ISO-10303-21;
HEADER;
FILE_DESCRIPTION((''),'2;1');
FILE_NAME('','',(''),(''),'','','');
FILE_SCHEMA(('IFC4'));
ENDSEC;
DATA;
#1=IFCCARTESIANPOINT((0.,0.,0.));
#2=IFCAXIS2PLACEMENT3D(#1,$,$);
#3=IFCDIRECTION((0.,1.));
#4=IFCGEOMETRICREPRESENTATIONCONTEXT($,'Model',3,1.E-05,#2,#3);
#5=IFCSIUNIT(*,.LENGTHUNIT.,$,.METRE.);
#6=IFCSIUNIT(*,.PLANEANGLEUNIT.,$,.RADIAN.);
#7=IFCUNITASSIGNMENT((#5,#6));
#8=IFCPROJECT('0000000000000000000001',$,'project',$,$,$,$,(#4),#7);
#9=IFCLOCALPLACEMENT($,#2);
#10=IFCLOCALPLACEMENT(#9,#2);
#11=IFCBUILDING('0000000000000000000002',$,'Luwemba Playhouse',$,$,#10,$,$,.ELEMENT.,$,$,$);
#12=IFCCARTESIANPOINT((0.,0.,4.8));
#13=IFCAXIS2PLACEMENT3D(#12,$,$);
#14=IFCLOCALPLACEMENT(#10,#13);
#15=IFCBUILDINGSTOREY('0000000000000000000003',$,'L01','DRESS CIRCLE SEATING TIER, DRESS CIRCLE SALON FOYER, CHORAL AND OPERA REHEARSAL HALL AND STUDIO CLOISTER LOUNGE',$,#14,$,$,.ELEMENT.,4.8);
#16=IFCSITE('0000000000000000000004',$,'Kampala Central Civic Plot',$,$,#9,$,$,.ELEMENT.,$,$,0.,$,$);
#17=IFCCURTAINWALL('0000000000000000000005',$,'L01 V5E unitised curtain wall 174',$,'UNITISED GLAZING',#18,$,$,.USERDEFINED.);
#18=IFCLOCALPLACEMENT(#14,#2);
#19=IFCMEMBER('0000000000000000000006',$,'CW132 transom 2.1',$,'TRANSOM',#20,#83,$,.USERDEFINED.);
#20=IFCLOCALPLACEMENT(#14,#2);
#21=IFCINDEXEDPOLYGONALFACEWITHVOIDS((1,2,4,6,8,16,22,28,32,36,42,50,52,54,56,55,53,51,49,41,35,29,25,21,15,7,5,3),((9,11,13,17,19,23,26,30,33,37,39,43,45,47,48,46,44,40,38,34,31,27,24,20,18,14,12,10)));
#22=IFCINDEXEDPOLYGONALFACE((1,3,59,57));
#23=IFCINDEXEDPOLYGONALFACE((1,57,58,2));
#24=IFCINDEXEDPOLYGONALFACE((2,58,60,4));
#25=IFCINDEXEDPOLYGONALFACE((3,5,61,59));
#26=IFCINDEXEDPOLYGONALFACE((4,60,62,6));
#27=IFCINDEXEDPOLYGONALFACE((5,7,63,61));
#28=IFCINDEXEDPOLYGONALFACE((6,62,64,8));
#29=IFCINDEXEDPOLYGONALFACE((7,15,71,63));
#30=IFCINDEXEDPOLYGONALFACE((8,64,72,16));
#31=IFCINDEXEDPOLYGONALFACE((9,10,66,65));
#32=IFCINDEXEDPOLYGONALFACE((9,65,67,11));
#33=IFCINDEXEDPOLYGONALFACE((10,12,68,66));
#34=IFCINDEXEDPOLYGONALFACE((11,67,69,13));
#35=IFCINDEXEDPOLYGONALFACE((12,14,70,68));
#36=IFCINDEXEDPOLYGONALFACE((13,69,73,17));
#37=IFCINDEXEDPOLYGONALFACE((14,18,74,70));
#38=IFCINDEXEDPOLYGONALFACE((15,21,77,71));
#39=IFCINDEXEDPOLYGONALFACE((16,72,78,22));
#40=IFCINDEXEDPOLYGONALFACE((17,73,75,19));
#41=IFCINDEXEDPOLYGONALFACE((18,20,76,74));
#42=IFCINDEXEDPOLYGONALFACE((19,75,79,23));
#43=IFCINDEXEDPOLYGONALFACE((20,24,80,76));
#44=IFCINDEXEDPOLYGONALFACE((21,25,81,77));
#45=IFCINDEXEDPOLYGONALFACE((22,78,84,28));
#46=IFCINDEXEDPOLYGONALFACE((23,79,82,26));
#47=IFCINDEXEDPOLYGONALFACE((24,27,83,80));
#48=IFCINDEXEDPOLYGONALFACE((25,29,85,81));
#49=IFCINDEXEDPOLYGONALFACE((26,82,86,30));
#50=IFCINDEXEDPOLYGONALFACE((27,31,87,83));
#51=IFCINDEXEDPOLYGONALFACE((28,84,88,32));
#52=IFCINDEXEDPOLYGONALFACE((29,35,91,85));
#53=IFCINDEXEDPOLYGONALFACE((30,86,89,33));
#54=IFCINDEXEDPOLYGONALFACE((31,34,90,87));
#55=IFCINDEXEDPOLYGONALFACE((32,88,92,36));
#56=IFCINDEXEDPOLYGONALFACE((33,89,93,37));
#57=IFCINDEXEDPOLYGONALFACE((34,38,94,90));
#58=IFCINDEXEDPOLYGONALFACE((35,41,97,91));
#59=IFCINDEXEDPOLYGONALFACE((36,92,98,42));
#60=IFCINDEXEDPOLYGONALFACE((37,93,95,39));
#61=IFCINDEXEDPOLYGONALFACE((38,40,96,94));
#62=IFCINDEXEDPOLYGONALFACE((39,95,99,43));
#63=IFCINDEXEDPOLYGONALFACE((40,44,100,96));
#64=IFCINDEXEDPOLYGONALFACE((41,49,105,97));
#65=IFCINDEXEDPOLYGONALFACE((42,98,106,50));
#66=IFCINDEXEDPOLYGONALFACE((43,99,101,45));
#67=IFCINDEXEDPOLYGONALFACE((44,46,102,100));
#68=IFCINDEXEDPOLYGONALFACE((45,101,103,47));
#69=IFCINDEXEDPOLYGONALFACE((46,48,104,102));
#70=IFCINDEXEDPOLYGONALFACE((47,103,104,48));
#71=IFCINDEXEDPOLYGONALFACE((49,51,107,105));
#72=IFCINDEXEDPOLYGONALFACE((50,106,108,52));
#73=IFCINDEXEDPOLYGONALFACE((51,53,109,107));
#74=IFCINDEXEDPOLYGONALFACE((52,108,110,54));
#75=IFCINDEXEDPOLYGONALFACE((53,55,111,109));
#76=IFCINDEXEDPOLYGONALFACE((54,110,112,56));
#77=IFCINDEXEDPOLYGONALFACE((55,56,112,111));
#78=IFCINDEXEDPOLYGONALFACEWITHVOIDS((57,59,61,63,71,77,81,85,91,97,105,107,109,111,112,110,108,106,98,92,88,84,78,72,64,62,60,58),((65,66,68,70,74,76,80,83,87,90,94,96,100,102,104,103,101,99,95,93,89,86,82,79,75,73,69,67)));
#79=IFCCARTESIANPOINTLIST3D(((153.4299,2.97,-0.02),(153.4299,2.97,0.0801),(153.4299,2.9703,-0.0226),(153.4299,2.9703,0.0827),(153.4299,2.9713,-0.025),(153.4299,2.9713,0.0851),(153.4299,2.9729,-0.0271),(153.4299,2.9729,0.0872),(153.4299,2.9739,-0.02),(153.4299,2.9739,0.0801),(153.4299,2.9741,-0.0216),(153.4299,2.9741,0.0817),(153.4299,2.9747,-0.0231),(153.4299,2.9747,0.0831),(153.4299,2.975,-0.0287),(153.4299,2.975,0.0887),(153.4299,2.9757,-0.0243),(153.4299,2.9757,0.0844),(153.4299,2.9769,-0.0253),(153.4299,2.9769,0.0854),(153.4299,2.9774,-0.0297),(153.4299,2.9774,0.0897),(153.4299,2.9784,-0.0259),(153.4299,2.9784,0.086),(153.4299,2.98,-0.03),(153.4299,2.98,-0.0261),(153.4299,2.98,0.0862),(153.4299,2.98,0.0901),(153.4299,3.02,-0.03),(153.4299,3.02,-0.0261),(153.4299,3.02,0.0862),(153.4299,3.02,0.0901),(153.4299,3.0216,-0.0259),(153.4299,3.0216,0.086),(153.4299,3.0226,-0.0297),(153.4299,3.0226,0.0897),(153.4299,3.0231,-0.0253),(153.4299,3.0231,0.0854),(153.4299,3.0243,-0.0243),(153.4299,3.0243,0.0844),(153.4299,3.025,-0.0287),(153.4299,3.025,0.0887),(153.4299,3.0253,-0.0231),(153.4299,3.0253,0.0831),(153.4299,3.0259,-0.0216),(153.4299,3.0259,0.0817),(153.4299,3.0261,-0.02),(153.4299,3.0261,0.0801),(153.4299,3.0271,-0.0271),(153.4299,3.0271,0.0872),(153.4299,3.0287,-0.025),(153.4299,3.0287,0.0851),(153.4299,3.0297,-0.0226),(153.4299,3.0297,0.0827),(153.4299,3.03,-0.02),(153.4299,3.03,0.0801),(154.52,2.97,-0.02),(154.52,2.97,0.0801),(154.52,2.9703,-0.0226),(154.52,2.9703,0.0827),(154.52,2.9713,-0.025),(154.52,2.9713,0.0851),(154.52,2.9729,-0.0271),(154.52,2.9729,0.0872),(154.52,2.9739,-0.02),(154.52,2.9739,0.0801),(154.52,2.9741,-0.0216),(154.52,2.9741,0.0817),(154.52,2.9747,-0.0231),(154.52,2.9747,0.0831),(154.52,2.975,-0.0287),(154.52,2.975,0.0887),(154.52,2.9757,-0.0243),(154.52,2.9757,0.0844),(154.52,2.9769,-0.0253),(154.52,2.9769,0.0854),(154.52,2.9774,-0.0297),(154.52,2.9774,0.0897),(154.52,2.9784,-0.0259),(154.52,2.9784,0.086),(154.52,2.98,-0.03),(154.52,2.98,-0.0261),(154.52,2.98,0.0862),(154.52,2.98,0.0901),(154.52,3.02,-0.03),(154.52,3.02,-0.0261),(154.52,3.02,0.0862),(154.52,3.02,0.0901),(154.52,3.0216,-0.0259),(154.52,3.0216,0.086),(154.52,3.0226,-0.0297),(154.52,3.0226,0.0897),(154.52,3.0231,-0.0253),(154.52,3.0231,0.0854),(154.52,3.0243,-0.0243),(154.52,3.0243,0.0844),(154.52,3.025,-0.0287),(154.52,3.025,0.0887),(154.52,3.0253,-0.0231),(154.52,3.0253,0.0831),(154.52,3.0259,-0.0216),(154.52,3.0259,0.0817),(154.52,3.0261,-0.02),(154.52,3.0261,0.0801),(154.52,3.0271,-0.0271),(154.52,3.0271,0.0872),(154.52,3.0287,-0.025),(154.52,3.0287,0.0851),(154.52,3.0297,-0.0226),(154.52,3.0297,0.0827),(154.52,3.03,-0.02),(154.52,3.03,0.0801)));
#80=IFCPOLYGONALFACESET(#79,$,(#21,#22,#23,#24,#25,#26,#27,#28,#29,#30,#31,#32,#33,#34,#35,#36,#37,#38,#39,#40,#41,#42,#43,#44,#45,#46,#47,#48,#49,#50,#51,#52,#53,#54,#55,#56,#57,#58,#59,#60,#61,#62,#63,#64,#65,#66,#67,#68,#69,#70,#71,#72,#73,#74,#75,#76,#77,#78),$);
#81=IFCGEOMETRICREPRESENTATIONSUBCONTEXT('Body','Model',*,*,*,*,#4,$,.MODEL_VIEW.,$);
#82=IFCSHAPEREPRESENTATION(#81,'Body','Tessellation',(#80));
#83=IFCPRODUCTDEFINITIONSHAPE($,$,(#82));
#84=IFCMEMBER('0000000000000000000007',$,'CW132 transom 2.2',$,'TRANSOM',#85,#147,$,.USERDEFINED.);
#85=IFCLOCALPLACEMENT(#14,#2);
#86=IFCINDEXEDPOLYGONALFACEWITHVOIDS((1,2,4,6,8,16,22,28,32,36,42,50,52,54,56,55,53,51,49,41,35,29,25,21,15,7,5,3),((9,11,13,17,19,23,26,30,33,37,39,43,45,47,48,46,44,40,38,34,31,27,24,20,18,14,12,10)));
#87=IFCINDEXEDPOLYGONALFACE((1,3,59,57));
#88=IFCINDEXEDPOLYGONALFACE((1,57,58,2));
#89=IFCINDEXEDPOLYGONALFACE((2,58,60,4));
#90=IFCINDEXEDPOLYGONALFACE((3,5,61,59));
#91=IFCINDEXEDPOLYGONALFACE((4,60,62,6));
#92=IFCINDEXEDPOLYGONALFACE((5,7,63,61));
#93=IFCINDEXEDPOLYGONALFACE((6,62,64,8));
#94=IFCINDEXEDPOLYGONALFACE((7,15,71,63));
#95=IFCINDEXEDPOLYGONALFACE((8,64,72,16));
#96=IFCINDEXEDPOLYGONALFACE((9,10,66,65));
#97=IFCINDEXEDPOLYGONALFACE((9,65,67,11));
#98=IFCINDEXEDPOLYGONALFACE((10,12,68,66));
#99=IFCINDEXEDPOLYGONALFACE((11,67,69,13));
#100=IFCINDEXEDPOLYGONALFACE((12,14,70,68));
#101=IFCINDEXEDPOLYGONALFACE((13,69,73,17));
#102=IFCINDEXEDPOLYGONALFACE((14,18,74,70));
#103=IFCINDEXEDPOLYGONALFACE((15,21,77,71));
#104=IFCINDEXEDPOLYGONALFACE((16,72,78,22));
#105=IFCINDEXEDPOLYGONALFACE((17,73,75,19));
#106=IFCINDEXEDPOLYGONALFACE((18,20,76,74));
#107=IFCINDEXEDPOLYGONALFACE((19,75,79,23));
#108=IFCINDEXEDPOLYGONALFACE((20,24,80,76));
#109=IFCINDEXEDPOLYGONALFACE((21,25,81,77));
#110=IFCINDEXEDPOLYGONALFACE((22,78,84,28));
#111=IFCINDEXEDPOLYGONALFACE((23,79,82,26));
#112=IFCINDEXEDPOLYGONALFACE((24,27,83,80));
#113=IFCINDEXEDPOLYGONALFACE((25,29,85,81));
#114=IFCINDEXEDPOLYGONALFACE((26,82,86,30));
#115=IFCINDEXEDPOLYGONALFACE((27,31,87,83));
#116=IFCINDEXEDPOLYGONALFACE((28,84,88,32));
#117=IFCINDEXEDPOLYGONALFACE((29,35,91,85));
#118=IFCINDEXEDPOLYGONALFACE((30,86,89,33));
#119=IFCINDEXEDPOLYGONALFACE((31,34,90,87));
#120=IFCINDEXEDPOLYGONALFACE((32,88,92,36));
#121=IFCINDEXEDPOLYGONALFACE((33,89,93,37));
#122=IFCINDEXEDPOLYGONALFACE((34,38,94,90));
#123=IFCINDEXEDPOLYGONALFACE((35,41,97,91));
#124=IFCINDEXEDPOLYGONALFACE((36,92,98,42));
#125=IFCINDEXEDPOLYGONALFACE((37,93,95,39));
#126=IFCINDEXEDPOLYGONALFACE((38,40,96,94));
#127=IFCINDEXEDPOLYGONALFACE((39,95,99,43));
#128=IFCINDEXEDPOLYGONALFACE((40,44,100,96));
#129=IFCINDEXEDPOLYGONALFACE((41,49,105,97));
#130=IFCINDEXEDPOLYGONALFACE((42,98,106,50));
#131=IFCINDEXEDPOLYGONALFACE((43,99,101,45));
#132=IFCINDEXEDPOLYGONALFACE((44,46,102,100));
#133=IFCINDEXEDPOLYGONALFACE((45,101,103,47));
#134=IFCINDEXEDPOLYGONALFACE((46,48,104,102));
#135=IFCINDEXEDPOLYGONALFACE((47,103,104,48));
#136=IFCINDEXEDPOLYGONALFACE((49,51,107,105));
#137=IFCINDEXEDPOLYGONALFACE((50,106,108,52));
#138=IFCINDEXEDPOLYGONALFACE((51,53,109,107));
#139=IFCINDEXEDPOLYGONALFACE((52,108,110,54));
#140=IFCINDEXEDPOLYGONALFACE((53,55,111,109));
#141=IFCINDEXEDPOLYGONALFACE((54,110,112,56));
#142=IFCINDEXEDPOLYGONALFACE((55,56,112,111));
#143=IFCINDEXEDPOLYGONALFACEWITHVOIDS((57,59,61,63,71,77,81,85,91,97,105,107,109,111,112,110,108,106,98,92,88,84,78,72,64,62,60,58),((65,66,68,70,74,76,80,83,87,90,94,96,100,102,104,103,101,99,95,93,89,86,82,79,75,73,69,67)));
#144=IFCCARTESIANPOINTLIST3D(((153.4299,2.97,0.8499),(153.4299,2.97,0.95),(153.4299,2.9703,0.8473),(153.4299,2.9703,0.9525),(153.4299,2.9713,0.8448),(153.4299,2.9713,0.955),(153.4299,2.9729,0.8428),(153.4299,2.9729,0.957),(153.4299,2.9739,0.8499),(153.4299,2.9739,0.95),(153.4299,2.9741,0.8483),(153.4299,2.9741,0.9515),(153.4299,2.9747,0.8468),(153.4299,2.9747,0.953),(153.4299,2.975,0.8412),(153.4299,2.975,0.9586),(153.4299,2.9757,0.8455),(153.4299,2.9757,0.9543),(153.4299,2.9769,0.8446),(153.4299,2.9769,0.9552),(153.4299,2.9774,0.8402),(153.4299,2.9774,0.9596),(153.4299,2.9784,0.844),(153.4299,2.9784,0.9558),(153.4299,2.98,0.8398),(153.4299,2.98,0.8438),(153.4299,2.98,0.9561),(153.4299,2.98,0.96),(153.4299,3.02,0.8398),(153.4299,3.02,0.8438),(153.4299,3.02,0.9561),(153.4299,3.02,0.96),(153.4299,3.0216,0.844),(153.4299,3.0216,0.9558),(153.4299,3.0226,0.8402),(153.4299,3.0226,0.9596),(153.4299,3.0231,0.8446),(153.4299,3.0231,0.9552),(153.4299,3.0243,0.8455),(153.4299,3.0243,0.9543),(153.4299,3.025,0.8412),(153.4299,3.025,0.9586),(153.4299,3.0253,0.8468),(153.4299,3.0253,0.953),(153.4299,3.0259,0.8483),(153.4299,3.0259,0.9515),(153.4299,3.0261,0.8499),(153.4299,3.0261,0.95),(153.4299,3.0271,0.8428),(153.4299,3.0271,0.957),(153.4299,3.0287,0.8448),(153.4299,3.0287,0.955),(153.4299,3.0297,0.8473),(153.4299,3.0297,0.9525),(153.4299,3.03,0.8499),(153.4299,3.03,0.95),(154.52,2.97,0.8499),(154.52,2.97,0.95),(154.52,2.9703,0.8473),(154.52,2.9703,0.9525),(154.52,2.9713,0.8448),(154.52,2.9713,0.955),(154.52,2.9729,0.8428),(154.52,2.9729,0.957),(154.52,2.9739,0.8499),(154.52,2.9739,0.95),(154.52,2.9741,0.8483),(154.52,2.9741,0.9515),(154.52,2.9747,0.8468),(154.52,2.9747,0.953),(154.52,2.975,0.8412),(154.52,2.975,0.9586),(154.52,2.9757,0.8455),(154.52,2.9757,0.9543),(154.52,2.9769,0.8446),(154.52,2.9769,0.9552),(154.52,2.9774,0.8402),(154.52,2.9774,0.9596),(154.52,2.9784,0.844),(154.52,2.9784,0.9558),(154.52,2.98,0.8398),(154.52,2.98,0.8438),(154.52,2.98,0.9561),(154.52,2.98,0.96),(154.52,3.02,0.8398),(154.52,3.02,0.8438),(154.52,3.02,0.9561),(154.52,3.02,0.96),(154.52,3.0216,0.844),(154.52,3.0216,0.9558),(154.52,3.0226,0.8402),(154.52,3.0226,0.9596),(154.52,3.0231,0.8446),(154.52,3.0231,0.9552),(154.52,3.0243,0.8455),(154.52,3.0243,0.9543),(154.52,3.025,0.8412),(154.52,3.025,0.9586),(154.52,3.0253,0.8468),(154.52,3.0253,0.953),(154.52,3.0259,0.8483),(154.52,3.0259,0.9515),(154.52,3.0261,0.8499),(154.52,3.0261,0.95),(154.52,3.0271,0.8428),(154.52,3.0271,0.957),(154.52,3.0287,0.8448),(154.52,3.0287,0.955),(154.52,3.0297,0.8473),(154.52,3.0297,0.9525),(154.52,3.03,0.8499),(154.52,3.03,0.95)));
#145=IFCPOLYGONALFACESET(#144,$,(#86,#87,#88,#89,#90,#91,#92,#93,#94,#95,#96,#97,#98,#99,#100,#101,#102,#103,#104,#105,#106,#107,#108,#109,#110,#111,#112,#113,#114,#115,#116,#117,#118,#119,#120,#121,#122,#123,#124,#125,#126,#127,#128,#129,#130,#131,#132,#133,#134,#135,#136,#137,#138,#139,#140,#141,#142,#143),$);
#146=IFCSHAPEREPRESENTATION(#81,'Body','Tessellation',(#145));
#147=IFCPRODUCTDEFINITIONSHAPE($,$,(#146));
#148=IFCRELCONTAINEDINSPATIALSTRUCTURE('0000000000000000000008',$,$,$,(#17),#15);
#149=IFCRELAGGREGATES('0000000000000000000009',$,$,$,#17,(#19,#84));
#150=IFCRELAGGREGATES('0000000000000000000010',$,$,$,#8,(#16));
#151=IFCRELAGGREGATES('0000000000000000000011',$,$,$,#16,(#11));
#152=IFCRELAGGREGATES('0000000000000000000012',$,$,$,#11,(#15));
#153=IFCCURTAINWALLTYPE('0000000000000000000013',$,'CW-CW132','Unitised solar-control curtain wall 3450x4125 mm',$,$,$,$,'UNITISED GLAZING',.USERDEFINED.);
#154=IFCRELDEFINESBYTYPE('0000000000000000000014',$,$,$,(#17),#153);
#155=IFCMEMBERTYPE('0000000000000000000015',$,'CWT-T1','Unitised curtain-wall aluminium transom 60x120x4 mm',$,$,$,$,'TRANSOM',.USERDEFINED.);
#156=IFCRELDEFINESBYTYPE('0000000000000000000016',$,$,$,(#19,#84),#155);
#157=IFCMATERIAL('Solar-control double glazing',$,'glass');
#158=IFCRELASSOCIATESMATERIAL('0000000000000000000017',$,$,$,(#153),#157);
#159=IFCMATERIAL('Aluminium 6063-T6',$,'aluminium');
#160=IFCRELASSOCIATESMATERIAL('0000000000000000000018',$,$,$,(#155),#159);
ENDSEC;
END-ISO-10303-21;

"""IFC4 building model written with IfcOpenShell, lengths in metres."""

from ifc_helpers import new_model, si_unit, direction, frame, origin, origin_2d, place, context, subcontext, project, spatial, hollow_rectangle, extrude, material, material_profile, profile_set, type_object, element, aggregate, save


model = new_model("IFC4")

# Units and contexts
model_context = context("Model", 3, precision=1e-05, world=origin(), true_north=direction((0.0, 1.0)))
body_context = subcontext(model_context, "Body", "Model", "MODEL_VIEW")
ifc_project = project(units=[si_unit("LENGTHUNIT", "METRE"), si_unit("PLANEANGLEUNIT", "RADIAN")], contexts=[model_context])

# Site, building, storey
site_placement = place(None, origin())
site = spatial("IfcSite", under=ifc_project, at=site_placement, Name="Kampala Central Civic Plot", CompositionType="ELEMENT", RefElevation=0.0)
building_placement = place(site_placement, origin())
building = spatial("IfcBuilding", under=site, at=building_placement, Name="Luwemba Playhouse", CompositionType="ELEMENT")
storey_placement = place(building_placement, frame((0.0, 0.0, 4.8)))
storey = spatial("IfcBuildingStorey", under=building, at=storey_placement, Name="L01", Description="DRESS CIRCLE SEATING TIER, DRESS CIRCLE SALON FOYER, CHORAL AND OPERA REHEARSAL HALL AND STUDIO CLOISTER LOUNGE", CompositionType="ELEMENT", Elevation=4.8)

# Curtain wall
ifc_material_1 = material(Name="Solar-control double glazing", Category="glass")
curtain_wall_type_1 = type_object("IfcCurtainWallType", Name="CW-CW132", Description="Unitised solar-control curtain wall 3450x4125 mm", ElementType="UNITISED GLAZING", PredefinedType="USERDEFINED", material=ifc_material_1)
curtain_wall_1_placement = place(storey_placement, origin())
curtain_wall_1 = element("IfcCurtainWall", 1, at=curtain_wall_1_placement, inside=storey, type_object=curtain_wall_type_1, Name="L01 V5E unitised curtain wall 174", ObjectType="UNITISED GLAZING", PredefinedType="USERDEFINED")
ifc_material_2 = material(Name="Aluminium 6063-T6", Category="aluminium")

# Members
ifc_material_profile_1 = material_profile(ifc_material_2, hollow_rectangle(XDim=0.0601, YDim=0.1201, WallThickness=0.0039, InnerFilletRadius=0.0061, OuterFilletRadius=0.01, at=origin_2d()))
ifc_profile_set_1 = profile_set([ifc_material_profile_1], Name="Aluminium 6063-T6")
member_type_1 = type_object("IfcMemberType", Name="CWT-T1", Description="Unitised curtain-wall aluminium transom 60x120x4 mm", ElementType="TRANSOM", PredefinedType="USERDEFINED", material=ifc_profile_set_1)
member_1_placement = place(storey_placement, frame((154.52, 3.0, 0.03), z_axis=(-1.0, 0.0, 0.0), x_axis=(0.0, -1.0, 0.0)))
member_1 = element("IfcMember", 2, at=member_1_placement, type_object=member_type_1, Name="CW132 transom 2.1", ObjectType="TRANSOM", PredefinedType="USERDEFINED", context=body_context, shape_type="SweptSolid", body=[
    extrude(hollow_rectangle(XDim=0.0601, YDim=0.1201, WallThickness=0.0039, InnerFilletRadius=0.0061, OuterFilletRadius=0.01, at=origin_2d()), origin(), (0.0, 0.0, 1.0), 1.0901),
])
member_2_placement = place(storey_placement, frame((154.52, 3.0, 0.8999), z_axis=(-1.0, 0.0, 0.0), x_axis=(0.0, -1.0, 0.0)))
member_2 = element("IfcMember", 3, at=member_2_placement, type_object=member_type_1, Name="CW132 transom 2.2", ObjectType="TRANSOM", PredefinedType="USERDEFINED", context=body_context, shape_type="SweptSolid", body=[
    extrude(hollow_rectangle(XDim=0.0601, YDim=0.1201, WallThickness=0.0039, InnerFilletRadius=0.0061, OuterFilletRadius=0.01, at=origin_2d()), origin(), (0.0, 0.0, 1.0), 1.0901),
])

aggregate(curtain_wall_1, [member_1, member_2])

save(model, "model.ifc")
